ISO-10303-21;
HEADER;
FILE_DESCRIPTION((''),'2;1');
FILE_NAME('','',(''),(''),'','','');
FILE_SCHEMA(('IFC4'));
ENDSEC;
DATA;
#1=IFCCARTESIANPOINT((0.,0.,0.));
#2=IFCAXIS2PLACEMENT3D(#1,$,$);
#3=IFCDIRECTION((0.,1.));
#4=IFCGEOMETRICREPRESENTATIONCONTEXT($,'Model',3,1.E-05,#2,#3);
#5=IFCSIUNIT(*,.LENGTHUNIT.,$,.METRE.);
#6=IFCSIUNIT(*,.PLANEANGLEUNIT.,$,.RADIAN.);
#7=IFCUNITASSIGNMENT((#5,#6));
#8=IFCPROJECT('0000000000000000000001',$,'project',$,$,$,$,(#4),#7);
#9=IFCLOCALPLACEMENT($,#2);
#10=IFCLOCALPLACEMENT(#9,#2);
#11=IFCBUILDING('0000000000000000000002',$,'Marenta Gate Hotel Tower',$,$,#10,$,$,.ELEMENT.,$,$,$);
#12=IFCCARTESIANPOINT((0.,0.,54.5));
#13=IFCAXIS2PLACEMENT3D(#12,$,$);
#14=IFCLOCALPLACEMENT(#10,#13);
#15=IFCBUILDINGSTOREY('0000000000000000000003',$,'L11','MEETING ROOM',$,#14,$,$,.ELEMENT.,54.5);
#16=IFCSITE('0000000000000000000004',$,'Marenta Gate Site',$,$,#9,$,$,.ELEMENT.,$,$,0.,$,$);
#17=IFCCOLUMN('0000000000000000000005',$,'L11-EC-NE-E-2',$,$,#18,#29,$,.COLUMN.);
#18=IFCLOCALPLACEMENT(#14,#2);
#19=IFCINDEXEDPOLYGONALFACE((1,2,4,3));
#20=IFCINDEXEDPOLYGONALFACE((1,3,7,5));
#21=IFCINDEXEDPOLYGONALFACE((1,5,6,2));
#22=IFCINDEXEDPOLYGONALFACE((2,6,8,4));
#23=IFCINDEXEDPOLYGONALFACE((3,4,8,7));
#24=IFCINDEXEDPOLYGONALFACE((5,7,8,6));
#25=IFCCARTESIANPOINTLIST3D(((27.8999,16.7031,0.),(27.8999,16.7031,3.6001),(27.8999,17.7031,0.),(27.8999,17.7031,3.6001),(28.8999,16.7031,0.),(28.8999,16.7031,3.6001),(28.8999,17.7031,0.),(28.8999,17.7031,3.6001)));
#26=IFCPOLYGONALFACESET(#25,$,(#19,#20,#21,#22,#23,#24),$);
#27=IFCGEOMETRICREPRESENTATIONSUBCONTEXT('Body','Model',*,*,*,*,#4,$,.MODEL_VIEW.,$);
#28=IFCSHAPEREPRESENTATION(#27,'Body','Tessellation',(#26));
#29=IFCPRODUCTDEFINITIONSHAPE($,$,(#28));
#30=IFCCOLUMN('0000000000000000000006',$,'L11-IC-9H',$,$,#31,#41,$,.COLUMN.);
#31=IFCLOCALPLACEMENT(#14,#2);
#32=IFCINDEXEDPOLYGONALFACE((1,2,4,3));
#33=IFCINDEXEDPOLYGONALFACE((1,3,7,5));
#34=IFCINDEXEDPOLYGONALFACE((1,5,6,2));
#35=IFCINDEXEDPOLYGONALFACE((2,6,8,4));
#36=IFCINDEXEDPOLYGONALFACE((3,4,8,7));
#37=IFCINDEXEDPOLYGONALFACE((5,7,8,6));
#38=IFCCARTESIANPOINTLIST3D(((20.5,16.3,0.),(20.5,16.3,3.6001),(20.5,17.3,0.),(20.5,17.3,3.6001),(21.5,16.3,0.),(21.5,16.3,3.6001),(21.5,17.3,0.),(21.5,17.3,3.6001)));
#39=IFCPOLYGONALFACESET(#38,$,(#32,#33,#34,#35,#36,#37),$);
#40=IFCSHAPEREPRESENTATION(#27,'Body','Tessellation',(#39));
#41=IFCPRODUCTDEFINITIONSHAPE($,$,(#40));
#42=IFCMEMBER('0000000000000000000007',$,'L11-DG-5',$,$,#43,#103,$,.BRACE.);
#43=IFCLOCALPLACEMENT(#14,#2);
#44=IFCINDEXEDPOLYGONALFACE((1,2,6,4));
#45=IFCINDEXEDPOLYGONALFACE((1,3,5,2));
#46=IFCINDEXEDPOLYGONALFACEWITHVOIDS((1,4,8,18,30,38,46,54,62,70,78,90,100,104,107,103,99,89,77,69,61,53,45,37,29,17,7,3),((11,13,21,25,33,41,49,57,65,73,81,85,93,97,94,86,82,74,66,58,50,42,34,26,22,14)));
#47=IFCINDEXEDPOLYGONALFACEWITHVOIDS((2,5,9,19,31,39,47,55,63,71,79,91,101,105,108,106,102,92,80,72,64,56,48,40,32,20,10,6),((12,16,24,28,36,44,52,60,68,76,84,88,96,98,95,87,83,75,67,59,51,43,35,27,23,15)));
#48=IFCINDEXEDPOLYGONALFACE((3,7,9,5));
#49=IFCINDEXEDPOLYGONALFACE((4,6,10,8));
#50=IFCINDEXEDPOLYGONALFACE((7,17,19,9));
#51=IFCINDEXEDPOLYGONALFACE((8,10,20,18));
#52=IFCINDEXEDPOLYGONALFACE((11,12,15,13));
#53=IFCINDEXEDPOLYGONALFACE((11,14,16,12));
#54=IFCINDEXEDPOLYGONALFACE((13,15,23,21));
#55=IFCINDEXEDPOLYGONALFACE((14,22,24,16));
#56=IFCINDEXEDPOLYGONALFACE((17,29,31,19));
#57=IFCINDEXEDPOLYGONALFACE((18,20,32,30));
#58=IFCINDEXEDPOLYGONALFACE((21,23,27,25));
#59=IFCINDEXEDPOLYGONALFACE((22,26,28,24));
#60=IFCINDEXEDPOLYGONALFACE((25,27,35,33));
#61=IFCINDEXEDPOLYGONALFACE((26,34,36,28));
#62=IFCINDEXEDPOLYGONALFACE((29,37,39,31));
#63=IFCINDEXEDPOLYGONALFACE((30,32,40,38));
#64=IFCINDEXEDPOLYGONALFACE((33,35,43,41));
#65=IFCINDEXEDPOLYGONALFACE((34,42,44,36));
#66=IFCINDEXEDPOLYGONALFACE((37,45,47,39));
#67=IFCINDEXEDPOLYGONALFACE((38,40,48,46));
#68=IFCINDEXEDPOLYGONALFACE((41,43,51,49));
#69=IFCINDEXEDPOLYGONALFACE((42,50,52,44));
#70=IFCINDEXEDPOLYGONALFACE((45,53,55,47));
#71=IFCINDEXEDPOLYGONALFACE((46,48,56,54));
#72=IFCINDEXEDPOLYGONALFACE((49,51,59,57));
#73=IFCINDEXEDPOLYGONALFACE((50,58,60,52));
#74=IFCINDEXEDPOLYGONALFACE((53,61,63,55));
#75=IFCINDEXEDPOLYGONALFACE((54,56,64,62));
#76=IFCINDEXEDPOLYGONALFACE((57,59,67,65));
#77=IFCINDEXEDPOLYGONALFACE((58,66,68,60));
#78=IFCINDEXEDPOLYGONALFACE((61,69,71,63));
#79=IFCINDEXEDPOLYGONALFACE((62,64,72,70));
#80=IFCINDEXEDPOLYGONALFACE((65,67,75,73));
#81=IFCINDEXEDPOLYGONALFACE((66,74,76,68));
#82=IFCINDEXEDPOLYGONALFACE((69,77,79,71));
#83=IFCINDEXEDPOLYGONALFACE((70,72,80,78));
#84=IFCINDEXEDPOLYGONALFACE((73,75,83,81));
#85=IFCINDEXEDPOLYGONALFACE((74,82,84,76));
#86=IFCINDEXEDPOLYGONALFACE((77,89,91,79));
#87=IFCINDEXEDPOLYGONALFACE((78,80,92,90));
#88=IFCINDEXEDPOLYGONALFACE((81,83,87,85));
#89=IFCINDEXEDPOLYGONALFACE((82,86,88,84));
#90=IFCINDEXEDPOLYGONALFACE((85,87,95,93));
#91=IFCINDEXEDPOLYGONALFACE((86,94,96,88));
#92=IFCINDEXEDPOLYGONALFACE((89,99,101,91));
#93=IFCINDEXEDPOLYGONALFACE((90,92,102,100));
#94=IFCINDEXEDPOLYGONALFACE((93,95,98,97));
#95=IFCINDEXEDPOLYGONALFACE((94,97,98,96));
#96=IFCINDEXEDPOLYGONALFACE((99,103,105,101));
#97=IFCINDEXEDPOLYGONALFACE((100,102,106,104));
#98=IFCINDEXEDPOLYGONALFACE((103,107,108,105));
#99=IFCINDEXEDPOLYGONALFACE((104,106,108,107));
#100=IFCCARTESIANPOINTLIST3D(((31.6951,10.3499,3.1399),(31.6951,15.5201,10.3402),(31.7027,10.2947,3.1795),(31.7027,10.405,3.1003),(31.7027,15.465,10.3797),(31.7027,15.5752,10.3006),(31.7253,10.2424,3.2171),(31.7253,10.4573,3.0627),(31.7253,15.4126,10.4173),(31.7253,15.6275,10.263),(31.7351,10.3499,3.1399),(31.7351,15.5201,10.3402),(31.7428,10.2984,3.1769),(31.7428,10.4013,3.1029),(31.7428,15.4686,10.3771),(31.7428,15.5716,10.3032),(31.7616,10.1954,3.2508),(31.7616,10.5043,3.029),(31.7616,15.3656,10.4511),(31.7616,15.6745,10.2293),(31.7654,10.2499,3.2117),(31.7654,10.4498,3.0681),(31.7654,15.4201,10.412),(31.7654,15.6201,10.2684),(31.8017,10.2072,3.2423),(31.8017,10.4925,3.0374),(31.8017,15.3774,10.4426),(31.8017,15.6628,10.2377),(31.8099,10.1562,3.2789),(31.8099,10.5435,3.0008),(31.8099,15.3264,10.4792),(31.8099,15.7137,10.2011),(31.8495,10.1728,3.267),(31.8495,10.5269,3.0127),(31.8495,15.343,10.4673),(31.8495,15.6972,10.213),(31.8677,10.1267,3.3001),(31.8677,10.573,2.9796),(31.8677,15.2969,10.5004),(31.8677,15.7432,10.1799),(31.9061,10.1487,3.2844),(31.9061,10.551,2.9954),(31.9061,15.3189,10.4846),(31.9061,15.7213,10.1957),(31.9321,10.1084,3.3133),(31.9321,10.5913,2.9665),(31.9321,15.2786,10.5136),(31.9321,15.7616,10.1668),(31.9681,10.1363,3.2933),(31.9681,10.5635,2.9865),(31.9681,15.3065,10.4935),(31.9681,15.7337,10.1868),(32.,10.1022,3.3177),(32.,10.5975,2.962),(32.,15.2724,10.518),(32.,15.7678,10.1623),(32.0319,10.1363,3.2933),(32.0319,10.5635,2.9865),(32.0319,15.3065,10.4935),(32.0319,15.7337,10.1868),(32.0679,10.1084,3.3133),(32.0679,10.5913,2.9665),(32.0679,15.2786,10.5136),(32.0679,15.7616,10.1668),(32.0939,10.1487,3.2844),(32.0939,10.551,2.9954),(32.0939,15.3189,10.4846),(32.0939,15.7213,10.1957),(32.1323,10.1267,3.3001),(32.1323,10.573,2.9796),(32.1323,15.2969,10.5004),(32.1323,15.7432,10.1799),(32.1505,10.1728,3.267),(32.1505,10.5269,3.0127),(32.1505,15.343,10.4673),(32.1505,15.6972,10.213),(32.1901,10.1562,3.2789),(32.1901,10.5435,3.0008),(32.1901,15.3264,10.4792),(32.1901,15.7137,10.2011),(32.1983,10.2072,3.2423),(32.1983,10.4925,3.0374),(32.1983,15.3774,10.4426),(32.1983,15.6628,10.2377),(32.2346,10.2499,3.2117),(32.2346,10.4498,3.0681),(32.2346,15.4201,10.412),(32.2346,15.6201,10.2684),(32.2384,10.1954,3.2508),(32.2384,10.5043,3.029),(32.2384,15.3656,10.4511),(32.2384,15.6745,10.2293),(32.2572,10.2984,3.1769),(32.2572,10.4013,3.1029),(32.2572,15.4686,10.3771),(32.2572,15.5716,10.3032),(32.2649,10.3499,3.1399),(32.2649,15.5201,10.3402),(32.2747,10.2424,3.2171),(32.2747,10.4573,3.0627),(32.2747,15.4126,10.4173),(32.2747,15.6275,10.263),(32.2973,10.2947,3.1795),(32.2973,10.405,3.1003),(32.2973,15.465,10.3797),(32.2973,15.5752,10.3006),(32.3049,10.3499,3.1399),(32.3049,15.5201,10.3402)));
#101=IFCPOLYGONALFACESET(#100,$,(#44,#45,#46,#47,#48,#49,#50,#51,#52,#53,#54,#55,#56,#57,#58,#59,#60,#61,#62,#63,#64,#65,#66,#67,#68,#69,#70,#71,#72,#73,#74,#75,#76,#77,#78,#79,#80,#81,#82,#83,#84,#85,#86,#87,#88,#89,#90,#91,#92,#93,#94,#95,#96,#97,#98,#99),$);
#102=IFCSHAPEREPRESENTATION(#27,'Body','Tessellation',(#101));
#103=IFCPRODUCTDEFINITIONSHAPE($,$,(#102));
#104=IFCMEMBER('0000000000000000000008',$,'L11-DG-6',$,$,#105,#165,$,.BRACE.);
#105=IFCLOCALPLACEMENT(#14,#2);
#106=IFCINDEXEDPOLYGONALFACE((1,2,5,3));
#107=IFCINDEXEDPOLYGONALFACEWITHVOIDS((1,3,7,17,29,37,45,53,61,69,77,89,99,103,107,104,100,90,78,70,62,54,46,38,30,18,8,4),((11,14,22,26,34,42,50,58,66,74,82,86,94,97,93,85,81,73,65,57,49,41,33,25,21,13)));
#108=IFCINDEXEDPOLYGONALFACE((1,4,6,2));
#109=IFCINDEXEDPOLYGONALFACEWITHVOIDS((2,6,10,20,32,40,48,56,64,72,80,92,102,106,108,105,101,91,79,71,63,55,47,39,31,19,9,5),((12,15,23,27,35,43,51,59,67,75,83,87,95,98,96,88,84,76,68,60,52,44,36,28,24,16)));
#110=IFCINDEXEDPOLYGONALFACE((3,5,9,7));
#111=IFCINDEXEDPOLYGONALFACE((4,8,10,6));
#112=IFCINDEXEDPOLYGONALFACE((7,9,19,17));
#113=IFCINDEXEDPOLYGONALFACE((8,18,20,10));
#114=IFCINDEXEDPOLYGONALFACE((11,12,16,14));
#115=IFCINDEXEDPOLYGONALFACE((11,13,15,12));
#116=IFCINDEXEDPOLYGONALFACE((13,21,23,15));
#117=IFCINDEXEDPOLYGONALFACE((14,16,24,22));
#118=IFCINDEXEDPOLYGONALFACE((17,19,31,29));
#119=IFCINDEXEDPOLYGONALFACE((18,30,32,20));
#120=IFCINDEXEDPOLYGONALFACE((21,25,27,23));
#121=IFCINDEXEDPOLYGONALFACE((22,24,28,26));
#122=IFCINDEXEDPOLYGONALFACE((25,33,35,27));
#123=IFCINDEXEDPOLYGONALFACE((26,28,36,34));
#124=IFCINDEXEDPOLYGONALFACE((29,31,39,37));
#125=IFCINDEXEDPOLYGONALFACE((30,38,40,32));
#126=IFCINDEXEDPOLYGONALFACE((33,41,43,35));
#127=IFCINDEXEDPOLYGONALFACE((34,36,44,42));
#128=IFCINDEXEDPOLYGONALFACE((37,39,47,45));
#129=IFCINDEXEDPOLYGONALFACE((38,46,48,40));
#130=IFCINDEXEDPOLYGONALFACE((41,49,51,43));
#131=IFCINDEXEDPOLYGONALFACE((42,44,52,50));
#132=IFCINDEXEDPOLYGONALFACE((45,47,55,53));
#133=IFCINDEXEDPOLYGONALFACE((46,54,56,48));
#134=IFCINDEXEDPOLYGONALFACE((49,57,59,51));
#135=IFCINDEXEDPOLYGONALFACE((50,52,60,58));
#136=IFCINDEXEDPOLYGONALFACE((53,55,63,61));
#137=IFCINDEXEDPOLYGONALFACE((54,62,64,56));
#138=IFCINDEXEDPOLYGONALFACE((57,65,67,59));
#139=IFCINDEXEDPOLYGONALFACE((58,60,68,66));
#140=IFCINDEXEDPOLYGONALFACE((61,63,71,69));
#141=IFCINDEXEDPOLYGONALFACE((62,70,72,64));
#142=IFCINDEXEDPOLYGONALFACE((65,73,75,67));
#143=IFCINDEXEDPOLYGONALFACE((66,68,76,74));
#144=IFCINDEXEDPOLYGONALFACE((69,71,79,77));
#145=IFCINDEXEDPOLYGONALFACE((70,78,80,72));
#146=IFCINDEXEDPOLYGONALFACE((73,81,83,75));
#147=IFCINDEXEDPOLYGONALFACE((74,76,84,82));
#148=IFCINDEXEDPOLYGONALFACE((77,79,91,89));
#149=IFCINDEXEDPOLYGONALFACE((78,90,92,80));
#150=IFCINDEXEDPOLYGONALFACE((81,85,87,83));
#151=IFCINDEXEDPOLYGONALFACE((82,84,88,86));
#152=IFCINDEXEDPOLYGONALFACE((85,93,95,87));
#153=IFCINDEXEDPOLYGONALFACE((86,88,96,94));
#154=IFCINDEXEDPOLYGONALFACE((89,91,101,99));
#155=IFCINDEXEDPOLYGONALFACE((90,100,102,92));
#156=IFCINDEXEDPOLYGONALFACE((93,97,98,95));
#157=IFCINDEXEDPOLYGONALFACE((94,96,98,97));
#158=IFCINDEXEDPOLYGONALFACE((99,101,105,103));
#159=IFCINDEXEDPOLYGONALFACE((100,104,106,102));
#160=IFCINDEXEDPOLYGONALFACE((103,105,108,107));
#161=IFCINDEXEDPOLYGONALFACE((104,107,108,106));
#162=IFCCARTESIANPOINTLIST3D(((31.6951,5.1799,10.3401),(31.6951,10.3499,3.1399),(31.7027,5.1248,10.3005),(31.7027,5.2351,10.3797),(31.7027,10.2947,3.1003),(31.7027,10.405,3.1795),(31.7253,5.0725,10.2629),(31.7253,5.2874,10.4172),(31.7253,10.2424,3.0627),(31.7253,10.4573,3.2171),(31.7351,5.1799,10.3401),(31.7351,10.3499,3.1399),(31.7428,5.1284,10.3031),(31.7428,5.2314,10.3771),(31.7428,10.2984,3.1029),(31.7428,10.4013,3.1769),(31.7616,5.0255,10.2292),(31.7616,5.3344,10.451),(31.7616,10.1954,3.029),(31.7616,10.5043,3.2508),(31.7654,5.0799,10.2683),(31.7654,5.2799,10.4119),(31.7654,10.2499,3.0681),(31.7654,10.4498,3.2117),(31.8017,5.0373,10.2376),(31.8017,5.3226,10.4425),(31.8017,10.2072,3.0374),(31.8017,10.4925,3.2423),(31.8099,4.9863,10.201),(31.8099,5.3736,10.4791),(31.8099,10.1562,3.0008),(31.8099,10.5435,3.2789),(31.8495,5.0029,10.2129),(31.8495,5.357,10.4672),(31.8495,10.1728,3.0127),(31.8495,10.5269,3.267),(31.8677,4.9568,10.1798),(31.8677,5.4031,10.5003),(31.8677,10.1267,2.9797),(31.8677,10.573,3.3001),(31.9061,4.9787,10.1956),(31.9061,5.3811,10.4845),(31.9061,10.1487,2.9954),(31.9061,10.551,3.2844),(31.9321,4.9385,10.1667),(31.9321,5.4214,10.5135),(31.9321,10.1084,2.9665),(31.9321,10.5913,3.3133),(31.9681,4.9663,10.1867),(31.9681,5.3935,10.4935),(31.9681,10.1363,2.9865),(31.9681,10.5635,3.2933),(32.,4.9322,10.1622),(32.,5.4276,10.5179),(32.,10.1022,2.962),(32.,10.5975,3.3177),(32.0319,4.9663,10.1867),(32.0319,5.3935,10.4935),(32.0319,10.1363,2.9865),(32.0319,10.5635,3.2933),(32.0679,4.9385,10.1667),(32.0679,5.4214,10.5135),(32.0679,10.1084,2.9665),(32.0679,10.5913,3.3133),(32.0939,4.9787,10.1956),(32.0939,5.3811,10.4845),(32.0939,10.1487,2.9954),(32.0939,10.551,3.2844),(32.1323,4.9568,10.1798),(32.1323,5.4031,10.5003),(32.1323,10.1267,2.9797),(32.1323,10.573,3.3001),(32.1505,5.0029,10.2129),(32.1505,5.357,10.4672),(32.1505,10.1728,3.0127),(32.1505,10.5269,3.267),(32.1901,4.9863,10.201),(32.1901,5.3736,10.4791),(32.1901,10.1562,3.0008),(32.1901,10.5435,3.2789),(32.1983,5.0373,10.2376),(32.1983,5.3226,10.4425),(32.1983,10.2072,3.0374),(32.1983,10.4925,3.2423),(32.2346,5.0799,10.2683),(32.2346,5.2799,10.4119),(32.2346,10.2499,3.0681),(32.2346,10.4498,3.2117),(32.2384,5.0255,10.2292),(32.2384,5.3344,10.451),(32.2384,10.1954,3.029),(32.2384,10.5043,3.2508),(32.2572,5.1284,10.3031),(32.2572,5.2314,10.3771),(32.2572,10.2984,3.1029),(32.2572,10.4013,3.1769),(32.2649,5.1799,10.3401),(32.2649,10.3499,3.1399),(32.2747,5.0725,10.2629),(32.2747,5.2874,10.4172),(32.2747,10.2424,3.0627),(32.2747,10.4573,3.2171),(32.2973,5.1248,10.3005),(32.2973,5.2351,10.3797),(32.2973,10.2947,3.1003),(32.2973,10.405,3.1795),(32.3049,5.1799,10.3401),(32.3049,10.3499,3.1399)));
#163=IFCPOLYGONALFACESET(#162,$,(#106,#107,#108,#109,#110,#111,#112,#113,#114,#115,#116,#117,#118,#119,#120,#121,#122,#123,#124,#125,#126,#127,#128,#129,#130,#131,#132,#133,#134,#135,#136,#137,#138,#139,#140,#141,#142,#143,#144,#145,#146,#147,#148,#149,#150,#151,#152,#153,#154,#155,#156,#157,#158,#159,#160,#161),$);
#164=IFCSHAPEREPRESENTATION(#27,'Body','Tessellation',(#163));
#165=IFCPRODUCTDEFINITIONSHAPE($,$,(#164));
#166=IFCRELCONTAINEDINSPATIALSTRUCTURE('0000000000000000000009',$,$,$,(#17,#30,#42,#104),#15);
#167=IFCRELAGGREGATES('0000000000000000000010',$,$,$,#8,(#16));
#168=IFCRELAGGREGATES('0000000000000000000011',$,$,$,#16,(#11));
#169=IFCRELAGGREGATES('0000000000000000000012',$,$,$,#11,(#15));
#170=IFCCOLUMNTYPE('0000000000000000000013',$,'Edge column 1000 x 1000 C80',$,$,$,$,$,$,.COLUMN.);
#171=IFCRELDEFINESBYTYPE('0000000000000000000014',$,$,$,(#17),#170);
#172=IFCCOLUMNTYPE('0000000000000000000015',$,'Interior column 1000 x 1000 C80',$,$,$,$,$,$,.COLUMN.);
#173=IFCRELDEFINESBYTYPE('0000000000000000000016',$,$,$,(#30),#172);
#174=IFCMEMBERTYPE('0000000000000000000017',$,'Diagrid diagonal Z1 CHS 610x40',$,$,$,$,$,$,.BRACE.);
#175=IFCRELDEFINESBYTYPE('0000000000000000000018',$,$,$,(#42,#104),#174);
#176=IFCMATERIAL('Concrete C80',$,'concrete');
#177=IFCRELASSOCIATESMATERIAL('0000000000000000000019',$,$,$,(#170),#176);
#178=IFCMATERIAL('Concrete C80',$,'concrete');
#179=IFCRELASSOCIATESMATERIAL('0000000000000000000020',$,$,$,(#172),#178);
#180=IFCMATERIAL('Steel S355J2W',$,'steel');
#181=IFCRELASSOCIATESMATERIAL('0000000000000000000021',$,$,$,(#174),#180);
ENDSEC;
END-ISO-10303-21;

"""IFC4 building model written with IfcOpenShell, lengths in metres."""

from ifc_helpers import new_model, si_unit, direction, frame, origin, origin_2d, place, context, subcontext, project, spatial, rectangle, hollow_circle, extrude, material, material_profile, profile_set, type_object, element, save


model = new_model("IFC4")

# Units and contexts
model_context = context("Model", 3, precision=1e-05, world=origin(), true_north=direction((0.0, 1.0)))
body_context = subcontext(model_context, "Body", "Model", "MODEL_VIEW")
ifc_project = project(units=[si_unit("LENGTHUNIT", "METRE"), si_unit("PLANEANGLEUNIT", "RADIAN")], contexts=[model_context])

# Site, building, storey
site_placement = place(None, origin())
site = spatial("IfcSite", under=ifc_project, at=site_placement, Name="Marenta Gate Site", CompositionType="ELEMENT", RefElevation=0.0)
building_placement = place(site_placement, origin())
building = spatial("IfcBuilding", under=site, at=building_placement, Name="Marenta Gate Hotel Tower", CompositionType="ELEMENT")
storey_placement = place(building_placement, frame((0.0, 0.0, 54.5)))
storey = spatial("IfcBuildingStorey", under=building, at=storey_placement, Name="L11", Description="MEETING ROOM", CompositionType="ELEMENT", Elevation=54.5)

# Columns
ifc_material_1 = material(Name="Concrete C80", Category="concrete")
ifc_material_profile_1 = material_profile(ifc_material_1, rectangle(XDim=1.0, YDim=1.0, at=origin_2d()), Name="1000 x 1000")
ifc_profile_set_1 = profile_set([ifc_material_profile_1], Name="Concrete C80")
column_type_1 = type_object("IfcColumnType", Name="Edge column 1000 x 1000 C80", PredefinedType="COLUMN", material=ifc_profile_set_1)
column_1_placement = place(storey_placement, frame((28.3999, 17.2031, 0.0), z_axis=(0.0, 0.0, 1.0), x_axis=(1.0, 0.0, 0.0)))
element("IfcColumn", 1, at=column_1_placement, inside=storey, type_object=column_type_1, Name="L11-EC-NE-E-2", PredefinedType="COLUMN", context=body_context, shape_type="SweptSolid", body=[
    extrude(rectangle(XDim=1.0, YDim=1.0, at=origin_2d()), origin(), (0.0, 0.0, 1.0), 3.6001),
])
ifc_material_2 = material(Name="Concrete C80", Category="concrete")
ifc_material_profile_2 = material_profile(ifc_material_2, rectangle(XDim=1.0, YDim=1.0, at=origin_2d()), Name="1000 x 1000")
ifc_profile_set_2 = profile_set([ifc_material_profile_2], Name="Concrete C80")
column_type_2 = type_object("IfcColumnType", Name="Interior column 1000 x 1000 C80", PredefinedType="COLUMN", material=ifc_profile_set_2)
column_2_placement = place(storey_placement, frame((21.0, 16.8, 0.0), z_axis=(0.0, 0.0, 1.0), x_axis=(1.0, 0.0, 0.0)))
element("IfcColumn", 2, at=column_2_placement, inside=storey, type_object=column_type_2, Name="L11-IC-9H", PredefinedType="COLUMN", context=body_context, shape_type="SweptSolid", body=[
    extrude(rectangle(XDim=1.0, YDim=1.0, at=origin_2d()), origin(), (0.0, 0.0, 1.0), 3.6001),
])

# Members
ifc_material_3 = material(Name="Steel S355J2W", Category="steel")
ifc_material_profile_3 = material_profile(ifc_material_3, hollow_circle(Radius=0.3049, WallThickness=0.04, at=origin_2d()), Name="CHS 610x40")
ifc_profile_set_3 = profile_set([ifc_material_profile_3], Name="Steel S355J2W")
member_type_1 = type_object("IfcMemberType", Name="Diagrid diagonal Z1 CHS 610x40", PredefinedType="BRACE", material=ifc_profile_set_3)
member_1_placement = place(storey_placement, frame((32.0, 10.3499, 3.1399), z_axis=(0.0, 0.583266, 0.812281), x_axis=(-1.0, 0.0, 0.0)))
element("IfcMember", 3, at=member_1_placement, inside=storey, type_object=member_type_1, Name="L11-DG-5", PredefinedType="BRACE", context=body_context, shape_type="SweptSolid", body=[
    extrude(hollow_circle(Radius=0.3049, WallThickness=0.04, at=origin_2d()), origin(), (0.0, 0.0, 1.0), 8.8643),
])
member_2_placement = place(storey_placement, frame((32.0, 10.3499, 3.1399), z_axis=(0.0, -0.583248, 0.812294), x_axis=(1.0, 0.0, 0.0)))
element("IfcMember", 4, at=member_2_placement, inside=storey, type_object=member_type_1, Name="L11-DG-6", PredefinedType="BRACE", context=body_context, shape_type="SweptSolid", body=[
    extrude(hollow_circle(Radius=0.3049, WallThickness=0.04, at=origin_2d()), origin(), (0.0, 0.0, 1.0), 8.864),
])

save(model, "model.ifc")
